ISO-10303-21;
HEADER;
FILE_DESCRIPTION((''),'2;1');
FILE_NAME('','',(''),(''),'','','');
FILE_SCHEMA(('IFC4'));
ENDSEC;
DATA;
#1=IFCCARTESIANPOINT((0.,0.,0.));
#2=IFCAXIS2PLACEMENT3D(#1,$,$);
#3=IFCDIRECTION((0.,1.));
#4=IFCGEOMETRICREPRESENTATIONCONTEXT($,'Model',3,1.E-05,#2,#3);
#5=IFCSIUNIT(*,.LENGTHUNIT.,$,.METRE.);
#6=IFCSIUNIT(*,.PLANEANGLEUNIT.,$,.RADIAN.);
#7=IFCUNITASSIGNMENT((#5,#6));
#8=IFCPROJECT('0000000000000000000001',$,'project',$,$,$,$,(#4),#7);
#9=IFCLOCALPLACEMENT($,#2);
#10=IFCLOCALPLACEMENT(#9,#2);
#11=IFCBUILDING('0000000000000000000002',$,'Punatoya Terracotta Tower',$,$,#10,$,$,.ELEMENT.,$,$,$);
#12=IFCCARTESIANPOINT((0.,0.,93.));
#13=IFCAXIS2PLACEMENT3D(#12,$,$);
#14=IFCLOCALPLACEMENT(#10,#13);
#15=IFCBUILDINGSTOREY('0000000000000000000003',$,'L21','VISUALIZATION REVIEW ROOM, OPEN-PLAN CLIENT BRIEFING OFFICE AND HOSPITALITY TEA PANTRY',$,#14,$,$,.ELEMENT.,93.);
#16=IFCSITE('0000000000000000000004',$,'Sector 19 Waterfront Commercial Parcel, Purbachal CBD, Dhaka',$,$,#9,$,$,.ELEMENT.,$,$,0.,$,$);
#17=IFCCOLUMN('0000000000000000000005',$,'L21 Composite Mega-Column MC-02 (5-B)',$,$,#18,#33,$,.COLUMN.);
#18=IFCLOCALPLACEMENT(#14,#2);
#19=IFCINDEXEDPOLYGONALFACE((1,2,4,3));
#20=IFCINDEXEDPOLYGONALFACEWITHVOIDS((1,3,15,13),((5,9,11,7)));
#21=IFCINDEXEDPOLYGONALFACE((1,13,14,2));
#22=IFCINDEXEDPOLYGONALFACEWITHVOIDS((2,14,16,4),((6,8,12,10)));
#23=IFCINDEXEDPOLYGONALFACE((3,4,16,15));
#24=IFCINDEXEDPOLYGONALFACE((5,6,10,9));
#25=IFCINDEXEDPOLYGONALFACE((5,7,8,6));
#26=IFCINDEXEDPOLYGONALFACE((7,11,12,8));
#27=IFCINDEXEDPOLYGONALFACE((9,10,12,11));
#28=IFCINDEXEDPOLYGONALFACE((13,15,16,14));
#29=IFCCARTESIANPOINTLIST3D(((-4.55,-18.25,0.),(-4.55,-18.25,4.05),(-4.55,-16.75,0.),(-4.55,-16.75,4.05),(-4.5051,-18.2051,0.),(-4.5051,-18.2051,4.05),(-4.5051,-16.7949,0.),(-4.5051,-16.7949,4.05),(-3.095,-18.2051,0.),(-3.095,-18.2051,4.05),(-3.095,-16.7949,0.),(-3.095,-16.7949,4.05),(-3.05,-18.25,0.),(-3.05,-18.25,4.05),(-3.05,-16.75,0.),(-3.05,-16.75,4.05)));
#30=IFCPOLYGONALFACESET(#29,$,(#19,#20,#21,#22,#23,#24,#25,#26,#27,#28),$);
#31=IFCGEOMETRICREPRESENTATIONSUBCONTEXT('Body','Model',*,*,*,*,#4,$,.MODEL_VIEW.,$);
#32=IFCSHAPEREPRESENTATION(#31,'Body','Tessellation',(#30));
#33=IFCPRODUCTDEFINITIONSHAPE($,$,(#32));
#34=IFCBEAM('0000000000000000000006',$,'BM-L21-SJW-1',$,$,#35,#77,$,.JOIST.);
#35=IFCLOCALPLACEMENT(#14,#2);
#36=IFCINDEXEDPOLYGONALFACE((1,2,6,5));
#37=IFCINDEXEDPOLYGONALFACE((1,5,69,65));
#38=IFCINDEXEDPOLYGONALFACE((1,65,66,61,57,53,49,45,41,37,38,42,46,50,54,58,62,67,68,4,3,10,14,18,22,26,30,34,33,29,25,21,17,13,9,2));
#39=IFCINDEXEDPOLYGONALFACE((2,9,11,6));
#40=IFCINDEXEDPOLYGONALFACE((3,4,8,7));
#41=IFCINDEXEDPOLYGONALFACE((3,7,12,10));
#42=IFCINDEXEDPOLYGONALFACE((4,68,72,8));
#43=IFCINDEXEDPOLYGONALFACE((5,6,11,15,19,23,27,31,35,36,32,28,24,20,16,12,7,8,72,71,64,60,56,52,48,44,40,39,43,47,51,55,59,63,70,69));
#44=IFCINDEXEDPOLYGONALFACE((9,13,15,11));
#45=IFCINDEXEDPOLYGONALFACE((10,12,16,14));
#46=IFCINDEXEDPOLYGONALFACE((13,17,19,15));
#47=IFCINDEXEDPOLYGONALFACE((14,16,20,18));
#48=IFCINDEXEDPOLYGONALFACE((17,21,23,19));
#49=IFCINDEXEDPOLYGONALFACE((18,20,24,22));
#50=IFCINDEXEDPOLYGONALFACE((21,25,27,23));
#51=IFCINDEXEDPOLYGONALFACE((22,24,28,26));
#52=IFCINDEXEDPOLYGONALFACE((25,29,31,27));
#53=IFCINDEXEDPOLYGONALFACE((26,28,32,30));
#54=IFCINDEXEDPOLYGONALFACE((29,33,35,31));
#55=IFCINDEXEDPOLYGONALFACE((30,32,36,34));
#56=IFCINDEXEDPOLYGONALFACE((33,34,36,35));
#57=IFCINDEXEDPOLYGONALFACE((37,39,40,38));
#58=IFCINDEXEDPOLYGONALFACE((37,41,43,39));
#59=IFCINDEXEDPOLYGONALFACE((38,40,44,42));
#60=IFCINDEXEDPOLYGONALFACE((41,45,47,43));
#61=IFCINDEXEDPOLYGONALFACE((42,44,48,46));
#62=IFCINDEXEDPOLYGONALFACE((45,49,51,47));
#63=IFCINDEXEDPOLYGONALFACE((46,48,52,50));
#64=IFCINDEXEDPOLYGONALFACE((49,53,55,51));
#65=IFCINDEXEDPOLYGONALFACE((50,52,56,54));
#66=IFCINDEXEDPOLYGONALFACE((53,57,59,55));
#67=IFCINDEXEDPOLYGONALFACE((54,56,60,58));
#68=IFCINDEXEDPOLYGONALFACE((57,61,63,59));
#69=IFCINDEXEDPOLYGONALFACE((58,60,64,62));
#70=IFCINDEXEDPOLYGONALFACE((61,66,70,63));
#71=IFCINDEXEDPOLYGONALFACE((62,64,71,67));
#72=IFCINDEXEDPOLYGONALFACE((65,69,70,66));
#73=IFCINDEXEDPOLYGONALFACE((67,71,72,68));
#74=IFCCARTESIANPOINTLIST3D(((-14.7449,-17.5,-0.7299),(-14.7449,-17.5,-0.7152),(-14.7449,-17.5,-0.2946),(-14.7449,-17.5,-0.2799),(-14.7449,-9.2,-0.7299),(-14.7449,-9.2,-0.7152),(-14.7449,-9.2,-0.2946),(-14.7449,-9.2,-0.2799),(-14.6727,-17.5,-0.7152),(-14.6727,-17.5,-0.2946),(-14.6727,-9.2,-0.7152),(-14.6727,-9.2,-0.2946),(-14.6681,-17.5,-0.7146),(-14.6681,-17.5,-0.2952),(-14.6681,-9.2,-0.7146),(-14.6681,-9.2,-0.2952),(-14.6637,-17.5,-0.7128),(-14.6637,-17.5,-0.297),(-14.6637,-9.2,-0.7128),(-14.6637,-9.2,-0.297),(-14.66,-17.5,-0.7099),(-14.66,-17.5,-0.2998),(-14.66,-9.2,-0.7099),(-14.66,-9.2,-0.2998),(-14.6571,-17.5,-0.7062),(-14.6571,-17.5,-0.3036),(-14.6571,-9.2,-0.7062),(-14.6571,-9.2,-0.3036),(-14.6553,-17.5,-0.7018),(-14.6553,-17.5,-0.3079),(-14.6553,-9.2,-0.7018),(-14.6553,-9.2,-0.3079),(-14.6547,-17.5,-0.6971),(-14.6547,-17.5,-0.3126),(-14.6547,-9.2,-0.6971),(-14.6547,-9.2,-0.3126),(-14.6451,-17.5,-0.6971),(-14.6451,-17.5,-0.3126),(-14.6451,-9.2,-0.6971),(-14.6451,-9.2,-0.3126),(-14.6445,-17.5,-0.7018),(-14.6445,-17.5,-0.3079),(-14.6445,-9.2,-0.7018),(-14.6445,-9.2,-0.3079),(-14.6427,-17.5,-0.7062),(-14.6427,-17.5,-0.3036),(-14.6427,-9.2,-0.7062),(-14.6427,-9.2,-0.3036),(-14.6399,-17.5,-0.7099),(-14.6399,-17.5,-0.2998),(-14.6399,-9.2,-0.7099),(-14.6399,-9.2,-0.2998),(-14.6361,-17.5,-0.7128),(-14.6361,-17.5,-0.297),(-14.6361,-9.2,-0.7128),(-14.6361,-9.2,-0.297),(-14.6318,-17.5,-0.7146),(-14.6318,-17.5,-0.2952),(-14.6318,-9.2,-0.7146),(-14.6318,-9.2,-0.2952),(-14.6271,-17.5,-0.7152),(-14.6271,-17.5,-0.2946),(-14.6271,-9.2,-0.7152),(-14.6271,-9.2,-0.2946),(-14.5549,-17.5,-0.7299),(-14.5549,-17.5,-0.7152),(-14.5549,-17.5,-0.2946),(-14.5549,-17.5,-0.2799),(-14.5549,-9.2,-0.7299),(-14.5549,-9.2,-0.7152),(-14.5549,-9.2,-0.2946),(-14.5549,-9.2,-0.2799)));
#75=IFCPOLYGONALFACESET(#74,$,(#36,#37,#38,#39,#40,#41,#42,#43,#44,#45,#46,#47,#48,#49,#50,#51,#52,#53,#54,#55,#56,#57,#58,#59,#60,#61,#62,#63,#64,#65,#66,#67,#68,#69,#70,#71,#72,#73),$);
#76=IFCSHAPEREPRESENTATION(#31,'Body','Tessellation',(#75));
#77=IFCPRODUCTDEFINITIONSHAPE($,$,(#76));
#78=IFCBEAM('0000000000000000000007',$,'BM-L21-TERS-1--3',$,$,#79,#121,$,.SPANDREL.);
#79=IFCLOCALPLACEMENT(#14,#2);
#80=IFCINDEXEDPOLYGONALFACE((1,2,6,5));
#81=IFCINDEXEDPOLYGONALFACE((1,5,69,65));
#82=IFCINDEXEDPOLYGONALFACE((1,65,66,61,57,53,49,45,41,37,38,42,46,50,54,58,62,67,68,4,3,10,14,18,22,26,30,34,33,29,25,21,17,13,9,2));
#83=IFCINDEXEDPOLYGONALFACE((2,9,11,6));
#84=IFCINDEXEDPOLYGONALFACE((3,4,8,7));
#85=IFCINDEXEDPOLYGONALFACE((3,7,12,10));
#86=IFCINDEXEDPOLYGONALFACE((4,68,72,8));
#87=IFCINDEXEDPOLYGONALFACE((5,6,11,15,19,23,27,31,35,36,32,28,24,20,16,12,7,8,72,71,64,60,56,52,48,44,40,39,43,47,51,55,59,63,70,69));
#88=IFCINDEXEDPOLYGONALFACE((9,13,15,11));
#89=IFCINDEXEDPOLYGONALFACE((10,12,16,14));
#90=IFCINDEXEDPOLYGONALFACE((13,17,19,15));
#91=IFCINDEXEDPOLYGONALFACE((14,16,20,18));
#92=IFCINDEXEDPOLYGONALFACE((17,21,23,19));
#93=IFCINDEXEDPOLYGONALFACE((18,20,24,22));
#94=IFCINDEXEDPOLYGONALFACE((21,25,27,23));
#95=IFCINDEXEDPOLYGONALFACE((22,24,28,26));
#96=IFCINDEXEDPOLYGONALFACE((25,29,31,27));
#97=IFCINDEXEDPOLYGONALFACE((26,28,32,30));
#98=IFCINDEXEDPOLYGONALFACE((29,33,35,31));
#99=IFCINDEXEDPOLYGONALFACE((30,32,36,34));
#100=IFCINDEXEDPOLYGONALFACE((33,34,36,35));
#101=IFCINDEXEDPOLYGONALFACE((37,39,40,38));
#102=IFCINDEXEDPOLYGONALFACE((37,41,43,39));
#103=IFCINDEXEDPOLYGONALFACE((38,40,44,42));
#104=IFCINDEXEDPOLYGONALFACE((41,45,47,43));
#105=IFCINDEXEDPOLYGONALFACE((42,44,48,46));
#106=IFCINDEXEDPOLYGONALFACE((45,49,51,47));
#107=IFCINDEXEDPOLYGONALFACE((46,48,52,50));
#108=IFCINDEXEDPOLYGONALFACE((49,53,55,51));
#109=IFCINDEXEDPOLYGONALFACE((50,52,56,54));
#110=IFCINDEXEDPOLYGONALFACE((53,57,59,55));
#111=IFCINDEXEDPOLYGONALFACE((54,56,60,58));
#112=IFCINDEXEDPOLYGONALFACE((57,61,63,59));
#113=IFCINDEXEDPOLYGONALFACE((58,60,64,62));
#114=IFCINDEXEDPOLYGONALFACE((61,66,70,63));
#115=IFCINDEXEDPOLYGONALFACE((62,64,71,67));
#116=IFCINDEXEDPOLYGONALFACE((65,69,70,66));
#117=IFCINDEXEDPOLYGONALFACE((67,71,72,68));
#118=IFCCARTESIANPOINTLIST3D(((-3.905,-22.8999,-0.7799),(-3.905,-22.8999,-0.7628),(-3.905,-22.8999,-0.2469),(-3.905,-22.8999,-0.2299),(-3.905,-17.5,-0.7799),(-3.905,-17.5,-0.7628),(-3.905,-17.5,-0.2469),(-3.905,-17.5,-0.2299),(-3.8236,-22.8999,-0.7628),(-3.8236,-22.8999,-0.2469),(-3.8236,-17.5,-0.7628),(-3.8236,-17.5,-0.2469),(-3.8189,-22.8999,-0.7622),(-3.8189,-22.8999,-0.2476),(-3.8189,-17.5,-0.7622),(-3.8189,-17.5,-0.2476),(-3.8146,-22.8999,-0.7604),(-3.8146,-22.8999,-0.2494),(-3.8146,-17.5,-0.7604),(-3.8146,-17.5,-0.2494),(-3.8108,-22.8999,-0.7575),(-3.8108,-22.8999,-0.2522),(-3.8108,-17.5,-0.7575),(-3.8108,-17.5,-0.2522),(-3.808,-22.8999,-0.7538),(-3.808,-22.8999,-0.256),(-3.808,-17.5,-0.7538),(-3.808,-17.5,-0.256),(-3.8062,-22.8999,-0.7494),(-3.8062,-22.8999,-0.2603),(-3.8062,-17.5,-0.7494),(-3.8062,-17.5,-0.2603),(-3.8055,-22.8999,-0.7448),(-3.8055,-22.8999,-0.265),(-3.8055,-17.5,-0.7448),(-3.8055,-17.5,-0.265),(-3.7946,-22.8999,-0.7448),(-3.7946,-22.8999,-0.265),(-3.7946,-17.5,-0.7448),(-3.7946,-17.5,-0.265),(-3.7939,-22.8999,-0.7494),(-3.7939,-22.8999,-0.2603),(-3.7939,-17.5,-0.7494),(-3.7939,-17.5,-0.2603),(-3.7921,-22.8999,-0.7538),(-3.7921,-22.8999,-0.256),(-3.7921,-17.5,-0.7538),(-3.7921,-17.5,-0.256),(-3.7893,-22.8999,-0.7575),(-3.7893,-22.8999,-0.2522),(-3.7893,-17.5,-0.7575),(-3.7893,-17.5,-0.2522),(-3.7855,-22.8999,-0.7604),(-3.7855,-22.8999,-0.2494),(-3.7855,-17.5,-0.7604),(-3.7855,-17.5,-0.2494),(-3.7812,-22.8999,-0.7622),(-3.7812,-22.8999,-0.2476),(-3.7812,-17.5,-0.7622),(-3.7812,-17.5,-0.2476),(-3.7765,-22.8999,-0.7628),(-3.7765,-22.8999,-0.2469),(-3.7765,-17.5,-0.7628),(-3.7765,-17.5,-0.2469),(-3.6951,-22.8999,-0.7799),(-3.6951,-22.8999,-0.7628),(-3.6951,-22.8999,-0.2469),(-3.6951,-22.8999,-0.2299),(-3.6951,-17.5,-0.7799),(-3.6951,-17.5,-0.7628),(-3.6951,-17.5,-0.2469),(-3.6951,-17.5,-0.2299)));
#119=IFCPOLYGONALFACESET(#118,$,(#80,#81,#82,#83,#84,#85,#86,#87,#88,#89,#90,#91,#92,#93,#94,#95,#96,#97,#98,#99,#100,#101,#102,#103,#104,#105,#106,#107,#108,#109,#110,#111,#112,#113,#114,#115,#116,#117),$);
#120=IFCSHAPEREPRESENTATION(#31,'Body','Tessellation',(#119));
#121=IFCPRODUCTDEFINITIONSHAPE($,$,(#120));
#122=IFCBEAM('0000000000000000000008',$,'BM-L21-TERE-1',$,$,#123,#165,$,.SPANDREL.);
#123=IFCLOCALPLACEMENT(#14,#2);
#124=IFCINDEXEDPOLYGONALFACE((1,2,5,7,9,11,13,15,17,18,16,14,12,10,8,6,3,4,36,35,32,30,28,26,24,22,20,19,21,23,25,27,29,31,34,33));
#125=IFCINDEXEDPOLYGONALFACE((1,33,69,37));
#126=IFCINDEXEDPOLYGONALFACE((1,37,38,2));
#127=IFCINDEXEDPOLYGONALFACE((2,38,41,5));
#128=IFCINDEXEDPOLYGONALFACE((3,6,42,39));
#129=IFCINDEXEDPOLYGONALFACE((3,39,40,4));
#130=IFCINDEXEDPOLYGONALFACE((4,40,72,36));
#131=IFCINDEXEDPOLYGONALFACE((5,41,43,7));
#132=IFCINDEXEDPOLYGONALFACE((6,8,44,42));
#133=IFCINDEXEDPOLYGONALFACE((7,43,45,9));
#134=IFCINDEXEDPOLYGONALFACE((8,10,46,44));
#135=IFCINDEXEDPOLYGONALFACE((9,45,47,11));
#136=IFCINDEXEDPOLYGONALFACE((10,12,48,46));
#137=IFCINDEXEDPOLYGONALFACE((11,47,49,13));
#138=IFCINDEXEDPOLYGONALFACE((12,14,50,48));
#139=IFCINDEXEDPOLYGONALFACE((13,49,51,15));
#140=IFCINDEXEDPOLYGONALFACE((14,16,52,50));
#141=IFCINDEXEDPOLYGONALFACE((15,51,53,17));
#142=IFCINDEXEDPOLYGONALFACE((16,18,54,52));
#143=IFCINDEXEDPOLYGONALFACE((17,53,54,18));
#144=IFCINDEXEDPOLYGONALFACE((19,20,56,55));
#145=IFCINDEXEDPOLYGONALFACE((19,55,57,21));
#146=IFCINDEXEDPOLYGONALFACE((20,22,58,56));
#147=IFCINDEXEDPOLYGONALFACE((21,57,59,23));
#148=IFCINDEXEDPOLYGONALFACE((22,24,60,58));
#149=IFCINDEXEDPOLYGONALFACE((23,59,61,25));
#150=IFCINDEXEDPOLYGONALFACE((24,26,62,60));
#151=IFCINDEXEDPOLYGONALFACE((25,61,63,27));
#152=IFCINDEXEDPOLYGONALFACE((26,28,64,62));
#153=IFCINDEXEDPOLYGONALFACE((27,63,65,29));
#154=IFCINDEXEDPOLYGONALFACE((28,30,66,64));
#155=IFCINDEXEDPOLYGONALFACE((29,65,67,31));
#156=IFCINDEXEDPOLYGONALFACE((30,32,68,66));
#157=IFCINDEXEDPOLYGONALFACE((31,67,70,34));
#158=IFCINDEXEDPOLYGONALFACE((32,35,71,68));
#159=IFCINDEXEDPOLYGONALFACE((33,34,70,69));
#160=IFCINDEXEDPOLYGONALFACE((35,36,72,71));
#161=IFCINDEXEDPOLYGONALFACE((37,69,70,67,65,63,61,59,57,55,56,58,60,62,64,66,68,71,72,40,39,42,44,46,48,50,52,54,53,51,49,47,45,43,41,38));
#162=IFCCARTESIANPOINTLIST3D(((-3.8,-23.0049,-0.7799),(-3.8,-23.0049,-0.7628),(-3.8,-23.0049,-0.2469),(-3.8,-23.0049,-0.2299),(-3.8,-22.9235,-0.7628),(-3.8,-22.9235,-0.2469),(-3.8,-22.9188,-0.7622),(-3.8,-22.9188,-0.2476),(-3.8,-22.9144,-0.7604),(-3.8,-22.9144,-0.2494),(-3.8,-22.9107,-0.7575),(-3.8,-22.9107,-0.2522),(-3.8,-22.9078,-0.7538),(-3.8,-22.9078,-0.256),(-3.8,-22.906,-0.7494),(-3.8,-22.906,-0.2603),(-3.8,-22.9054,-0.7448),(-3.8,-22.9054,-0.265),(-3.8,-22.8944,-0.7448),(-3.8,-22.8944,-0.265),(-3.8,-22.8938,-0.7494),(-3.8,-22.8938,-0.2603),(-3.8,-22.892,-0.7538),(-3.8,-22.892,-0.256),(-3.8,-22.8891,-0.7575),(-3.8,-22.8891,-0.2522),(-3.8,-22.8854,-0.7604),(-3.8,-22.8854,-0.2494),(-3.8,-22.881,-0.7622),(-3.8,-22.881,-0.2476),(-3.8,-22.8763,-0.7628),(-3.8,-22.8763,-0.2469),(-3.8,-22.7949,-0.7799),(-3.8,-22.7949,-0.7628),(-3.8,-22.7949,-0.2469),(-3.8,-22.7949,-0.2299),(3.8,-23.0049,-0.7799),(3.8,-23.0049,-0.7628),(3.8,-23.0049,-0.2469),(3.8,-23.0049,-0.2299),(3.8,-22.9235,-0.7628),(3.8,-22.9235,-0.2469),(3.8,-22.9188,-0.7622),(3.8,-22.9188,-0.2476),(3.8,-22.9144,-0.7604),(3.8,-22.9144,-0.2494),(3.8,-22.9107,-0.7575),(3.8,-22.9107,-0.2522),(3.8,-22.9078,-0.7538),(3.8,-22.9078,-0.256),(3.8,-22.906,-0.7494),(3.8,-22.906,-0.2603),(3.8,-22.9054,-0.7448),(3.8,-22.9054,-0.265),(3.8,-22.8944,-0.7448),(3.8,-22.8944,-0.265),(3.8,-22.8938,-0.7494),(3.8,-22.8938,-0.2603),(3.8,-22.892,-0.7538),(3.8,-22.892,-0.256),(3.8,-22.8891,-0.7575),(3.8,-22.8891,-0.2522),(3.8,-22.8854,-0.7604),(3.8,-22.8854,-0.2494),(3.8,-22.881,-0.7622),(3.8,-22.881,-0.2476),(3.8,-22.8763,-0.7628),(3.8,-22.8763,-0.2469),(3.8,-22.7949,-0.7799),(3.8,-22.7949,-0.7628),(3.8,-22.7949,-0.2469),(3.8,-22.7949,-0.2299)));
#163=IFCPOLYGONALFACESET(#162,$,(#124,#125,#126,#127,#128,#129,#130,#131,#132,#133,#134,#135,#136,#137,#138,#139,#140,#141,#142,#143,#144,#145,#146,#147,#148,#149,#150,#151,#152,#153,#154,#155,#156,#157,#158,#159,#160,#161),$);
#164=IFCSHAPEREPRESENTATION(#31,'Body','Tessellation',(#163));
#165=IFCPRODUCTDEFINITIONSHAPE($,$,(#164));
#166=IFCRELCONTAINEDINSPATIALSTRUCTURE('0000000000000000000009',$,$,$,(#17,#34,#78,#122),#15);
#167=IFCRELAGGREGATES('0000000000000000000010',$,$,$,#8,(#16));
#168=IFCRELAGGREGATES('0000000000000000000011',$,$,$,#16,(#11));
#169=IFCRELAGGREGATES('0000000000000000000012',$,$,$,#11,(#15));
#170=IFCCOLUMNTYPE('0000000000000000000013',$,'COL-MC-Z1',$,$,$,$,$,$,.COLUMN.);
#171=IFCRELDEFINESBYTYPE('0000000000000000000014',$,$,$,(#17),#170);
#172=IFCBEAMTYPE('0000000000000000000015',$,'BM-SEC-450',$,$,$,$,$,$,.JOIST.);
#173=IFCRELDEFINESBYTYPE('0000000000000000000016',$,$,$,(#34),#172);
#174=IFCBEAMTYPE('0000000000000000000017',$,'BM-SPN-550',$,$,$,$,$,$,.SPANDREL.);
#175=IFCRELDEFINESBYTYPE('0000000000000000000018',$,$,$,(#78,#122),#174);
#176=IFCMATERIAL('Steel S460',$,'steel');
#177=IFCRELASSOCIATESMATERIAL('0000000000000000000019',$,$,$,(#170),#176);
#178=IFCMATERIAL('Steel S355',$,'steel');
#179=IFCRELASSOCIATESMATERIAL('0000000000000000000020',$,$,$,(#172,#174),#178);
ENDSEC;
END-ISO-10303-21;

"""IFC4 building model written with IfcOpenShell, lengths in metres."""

from ifc_helpers import new_model, si_unit, direction, frame, origin, origin_2d, place, context, subcontext, project, spatial, hollow_rectangle, i_section, extrude, material, material_profile, profile_set, type_object, element, save


model = new_model("IFC4")

# Units and contexts
model_context = context("Model", 3, precision=1e-05, world=origin(), true_north=direction((0.0, 1.0)))
body_context = subcontext(model_context, "Body", "Model", "MODEL_VIEW")
ifc_project = project(units=[si_unit("LENGTHUNIT", "METRE"), si_unit("PLANEANGLEUNIT", "RADIAN")], contexts=[model_context])

# Site, building, storey
site_placement = place(None, origin())
site = spatial("IfcSite", under=ifc_project, at=site_placement, Name="Sector 19 Waterfront Commercial Parcel, Purbachal CBD, Dhaka", CompositionType="ELEMENT", RefElevation=0.0)
building_placement = place(site_placement, origin())
building = spatial("IfcBuilding", under=site, at=building_placement, Name="Punatoya Terracotta Tower", CompositionType="ELEMENT")
storey_placement = place(building_placement, frame((0.0, 0.0, 93.0)))
storey = spatial("IfcBuildingStorey", under=building, at=storey_placement, Name="L21", Description="VISUALIZATION REVIEW ROOM, OPEN-PLAN CLIENT BRIEFING OFFICE AND HOSPITALITY TEA PANTRY", CompositionType="ELEMENT", Elevation=93.0)

# Column
ifc_material_1 = material(Name="Steel S460", Category="steel")
ifc_material_profile_1 = material_profile(ifc_material_1, hollow_rectangle(XDim=1.5, YDim=1.5, WallThickness=0.0449, at=origin_2d()))
ifc_profile_set_1 = profile_set([ifc_material_profile_1], Name="Steel S460")
column_type = type_object("IfcColumnType", Name="COL-MC-Z1", PredefinedType="COLUMN", material=ifc_profile_set_1)
column_placement = place(storey_placement, frame((-3.8, -17.5, 0.0), z_axis=(0.0, 0.0, 1.0), x_axis=(1.0, 0.0, 0.0)))
element("IfcColumn", 1, at=column_placement, inside=storey, type_object=column_type, Name="L21 Composite Mega-Column MC-02 (5-B)", PredefinedType="COLUMN", context=body_context, shape_type="SweptSolid", body=[
    extrude(hollow_rectangle(XDim=1.5, YDim=1.5, WallThickness=0.0449, at=origin_2d()), origin(), (0.0, 0.0, 1.0), 4.05),
])

# Beams
ifc_material_2 = material(Name="Steel S355", Category="steel")
ifc_material_profile_2 = material_profile(ifc_material_2, i_section(OverallWidth=0.1899, OverallDepth=0.45, WebThickness=0.0095, FlangeThickness=0.0146, FilletRadius=0.0181, at=origin_2d()))
ifc_profile_set_2 = profile_set([ifc_material_profile_2], Name="Steel S355")
beam_type_1 = type_object("IfcBeamType", Name="BM-SEC-450", PredefinedType="JOIST", material=ifc_profile_set_2)
beam_1_placement = place(storey_placement, frame((-14.6499, -17.5, -0.5049), z_axis=(0.0, 1.0, 0.0), x_axis=(-1.0, 0.0, 0.0)))
element("IfcBeam", 2, at=beam_1_placement, inside=storey, type_object=beam_type_1, Name="BM-L21-SJW-1", PredefinedType="JOIST", context=body_context, shape_type="SweptSolid", body=[
    extrude(i_section(OverallWidth=0.1899, OverallDepth=0.45, WebThickness=0.0095, FlangeThickness=0.0146, FilletRadius=0.0181, at=origin_2d()), origin(), (0.0, 0.0, 1.0), 8.3),
])
ifc_material_profile_3 = material_profile(ifc_material_2, i_section(OverallWidth=0.21, OverallDepth=0.55, WebThickness=0.011, FlangeThickness=0.0171, FilletRadius=0.0181, at=origin_2d()))
ifc_profile_set_3 = profile_set([ifc_material_profile_3], Name="Steel S355")
beam_type_2 = type_object("IfcBeamType", Name="BM-SPN-550", PredefinedType="SPANDREL", material=ifc_profile_set_3)
beam_2_placement = place(storey_placement, frame((-3.8, -22.8999, -0.5049), z_axis=(0.0, 1.0, 0.0), x_axis=(-1.0, 0.0, 0.0)))
element("IfcBeam", 3, at=beam_2_placement, inside=storey, type_object=beam_type_2, Name="BM-L21-TERS-1--3", PredefinedType="SPANDREL", context=body_context, shape_type="SweptSolid", body=[
    extrude(i_section(OverallWidth=0.21, OverallDepth=0.55, WebThickness=0.011, FlangeThickness=0.0171, FilletRadius=0.0181, at=origin_2d()), origin(), (0.0, 0.0, 1.0), 5.3999),
])
beam_3_placement = place(storey_placement, frame((-3.8, -22.8999, -0.5049), z_axis=(1.0, 0.0, 0.0), x_axis=(0.0, 1.0, 0.0)))
element("IfcBeam", 4, at=beam_3_placement, inside=storey, type_object=beam_type_2, Name="BM-L21-TERE-1", PredefinedType="SPANDREL", context=body_context, shape_type="SweptSolid", body=[
    extrude(i_section(OverallWidth=0.21, OverallDepth=0.55, WebThickness=0.011, FlangeThickness=0.0171, FilletRadius=0.0181, at=origin_2d()), origin(), (0.0, 0.0, 1.0), 7.6001),
])

save(model, "model.ifc")
